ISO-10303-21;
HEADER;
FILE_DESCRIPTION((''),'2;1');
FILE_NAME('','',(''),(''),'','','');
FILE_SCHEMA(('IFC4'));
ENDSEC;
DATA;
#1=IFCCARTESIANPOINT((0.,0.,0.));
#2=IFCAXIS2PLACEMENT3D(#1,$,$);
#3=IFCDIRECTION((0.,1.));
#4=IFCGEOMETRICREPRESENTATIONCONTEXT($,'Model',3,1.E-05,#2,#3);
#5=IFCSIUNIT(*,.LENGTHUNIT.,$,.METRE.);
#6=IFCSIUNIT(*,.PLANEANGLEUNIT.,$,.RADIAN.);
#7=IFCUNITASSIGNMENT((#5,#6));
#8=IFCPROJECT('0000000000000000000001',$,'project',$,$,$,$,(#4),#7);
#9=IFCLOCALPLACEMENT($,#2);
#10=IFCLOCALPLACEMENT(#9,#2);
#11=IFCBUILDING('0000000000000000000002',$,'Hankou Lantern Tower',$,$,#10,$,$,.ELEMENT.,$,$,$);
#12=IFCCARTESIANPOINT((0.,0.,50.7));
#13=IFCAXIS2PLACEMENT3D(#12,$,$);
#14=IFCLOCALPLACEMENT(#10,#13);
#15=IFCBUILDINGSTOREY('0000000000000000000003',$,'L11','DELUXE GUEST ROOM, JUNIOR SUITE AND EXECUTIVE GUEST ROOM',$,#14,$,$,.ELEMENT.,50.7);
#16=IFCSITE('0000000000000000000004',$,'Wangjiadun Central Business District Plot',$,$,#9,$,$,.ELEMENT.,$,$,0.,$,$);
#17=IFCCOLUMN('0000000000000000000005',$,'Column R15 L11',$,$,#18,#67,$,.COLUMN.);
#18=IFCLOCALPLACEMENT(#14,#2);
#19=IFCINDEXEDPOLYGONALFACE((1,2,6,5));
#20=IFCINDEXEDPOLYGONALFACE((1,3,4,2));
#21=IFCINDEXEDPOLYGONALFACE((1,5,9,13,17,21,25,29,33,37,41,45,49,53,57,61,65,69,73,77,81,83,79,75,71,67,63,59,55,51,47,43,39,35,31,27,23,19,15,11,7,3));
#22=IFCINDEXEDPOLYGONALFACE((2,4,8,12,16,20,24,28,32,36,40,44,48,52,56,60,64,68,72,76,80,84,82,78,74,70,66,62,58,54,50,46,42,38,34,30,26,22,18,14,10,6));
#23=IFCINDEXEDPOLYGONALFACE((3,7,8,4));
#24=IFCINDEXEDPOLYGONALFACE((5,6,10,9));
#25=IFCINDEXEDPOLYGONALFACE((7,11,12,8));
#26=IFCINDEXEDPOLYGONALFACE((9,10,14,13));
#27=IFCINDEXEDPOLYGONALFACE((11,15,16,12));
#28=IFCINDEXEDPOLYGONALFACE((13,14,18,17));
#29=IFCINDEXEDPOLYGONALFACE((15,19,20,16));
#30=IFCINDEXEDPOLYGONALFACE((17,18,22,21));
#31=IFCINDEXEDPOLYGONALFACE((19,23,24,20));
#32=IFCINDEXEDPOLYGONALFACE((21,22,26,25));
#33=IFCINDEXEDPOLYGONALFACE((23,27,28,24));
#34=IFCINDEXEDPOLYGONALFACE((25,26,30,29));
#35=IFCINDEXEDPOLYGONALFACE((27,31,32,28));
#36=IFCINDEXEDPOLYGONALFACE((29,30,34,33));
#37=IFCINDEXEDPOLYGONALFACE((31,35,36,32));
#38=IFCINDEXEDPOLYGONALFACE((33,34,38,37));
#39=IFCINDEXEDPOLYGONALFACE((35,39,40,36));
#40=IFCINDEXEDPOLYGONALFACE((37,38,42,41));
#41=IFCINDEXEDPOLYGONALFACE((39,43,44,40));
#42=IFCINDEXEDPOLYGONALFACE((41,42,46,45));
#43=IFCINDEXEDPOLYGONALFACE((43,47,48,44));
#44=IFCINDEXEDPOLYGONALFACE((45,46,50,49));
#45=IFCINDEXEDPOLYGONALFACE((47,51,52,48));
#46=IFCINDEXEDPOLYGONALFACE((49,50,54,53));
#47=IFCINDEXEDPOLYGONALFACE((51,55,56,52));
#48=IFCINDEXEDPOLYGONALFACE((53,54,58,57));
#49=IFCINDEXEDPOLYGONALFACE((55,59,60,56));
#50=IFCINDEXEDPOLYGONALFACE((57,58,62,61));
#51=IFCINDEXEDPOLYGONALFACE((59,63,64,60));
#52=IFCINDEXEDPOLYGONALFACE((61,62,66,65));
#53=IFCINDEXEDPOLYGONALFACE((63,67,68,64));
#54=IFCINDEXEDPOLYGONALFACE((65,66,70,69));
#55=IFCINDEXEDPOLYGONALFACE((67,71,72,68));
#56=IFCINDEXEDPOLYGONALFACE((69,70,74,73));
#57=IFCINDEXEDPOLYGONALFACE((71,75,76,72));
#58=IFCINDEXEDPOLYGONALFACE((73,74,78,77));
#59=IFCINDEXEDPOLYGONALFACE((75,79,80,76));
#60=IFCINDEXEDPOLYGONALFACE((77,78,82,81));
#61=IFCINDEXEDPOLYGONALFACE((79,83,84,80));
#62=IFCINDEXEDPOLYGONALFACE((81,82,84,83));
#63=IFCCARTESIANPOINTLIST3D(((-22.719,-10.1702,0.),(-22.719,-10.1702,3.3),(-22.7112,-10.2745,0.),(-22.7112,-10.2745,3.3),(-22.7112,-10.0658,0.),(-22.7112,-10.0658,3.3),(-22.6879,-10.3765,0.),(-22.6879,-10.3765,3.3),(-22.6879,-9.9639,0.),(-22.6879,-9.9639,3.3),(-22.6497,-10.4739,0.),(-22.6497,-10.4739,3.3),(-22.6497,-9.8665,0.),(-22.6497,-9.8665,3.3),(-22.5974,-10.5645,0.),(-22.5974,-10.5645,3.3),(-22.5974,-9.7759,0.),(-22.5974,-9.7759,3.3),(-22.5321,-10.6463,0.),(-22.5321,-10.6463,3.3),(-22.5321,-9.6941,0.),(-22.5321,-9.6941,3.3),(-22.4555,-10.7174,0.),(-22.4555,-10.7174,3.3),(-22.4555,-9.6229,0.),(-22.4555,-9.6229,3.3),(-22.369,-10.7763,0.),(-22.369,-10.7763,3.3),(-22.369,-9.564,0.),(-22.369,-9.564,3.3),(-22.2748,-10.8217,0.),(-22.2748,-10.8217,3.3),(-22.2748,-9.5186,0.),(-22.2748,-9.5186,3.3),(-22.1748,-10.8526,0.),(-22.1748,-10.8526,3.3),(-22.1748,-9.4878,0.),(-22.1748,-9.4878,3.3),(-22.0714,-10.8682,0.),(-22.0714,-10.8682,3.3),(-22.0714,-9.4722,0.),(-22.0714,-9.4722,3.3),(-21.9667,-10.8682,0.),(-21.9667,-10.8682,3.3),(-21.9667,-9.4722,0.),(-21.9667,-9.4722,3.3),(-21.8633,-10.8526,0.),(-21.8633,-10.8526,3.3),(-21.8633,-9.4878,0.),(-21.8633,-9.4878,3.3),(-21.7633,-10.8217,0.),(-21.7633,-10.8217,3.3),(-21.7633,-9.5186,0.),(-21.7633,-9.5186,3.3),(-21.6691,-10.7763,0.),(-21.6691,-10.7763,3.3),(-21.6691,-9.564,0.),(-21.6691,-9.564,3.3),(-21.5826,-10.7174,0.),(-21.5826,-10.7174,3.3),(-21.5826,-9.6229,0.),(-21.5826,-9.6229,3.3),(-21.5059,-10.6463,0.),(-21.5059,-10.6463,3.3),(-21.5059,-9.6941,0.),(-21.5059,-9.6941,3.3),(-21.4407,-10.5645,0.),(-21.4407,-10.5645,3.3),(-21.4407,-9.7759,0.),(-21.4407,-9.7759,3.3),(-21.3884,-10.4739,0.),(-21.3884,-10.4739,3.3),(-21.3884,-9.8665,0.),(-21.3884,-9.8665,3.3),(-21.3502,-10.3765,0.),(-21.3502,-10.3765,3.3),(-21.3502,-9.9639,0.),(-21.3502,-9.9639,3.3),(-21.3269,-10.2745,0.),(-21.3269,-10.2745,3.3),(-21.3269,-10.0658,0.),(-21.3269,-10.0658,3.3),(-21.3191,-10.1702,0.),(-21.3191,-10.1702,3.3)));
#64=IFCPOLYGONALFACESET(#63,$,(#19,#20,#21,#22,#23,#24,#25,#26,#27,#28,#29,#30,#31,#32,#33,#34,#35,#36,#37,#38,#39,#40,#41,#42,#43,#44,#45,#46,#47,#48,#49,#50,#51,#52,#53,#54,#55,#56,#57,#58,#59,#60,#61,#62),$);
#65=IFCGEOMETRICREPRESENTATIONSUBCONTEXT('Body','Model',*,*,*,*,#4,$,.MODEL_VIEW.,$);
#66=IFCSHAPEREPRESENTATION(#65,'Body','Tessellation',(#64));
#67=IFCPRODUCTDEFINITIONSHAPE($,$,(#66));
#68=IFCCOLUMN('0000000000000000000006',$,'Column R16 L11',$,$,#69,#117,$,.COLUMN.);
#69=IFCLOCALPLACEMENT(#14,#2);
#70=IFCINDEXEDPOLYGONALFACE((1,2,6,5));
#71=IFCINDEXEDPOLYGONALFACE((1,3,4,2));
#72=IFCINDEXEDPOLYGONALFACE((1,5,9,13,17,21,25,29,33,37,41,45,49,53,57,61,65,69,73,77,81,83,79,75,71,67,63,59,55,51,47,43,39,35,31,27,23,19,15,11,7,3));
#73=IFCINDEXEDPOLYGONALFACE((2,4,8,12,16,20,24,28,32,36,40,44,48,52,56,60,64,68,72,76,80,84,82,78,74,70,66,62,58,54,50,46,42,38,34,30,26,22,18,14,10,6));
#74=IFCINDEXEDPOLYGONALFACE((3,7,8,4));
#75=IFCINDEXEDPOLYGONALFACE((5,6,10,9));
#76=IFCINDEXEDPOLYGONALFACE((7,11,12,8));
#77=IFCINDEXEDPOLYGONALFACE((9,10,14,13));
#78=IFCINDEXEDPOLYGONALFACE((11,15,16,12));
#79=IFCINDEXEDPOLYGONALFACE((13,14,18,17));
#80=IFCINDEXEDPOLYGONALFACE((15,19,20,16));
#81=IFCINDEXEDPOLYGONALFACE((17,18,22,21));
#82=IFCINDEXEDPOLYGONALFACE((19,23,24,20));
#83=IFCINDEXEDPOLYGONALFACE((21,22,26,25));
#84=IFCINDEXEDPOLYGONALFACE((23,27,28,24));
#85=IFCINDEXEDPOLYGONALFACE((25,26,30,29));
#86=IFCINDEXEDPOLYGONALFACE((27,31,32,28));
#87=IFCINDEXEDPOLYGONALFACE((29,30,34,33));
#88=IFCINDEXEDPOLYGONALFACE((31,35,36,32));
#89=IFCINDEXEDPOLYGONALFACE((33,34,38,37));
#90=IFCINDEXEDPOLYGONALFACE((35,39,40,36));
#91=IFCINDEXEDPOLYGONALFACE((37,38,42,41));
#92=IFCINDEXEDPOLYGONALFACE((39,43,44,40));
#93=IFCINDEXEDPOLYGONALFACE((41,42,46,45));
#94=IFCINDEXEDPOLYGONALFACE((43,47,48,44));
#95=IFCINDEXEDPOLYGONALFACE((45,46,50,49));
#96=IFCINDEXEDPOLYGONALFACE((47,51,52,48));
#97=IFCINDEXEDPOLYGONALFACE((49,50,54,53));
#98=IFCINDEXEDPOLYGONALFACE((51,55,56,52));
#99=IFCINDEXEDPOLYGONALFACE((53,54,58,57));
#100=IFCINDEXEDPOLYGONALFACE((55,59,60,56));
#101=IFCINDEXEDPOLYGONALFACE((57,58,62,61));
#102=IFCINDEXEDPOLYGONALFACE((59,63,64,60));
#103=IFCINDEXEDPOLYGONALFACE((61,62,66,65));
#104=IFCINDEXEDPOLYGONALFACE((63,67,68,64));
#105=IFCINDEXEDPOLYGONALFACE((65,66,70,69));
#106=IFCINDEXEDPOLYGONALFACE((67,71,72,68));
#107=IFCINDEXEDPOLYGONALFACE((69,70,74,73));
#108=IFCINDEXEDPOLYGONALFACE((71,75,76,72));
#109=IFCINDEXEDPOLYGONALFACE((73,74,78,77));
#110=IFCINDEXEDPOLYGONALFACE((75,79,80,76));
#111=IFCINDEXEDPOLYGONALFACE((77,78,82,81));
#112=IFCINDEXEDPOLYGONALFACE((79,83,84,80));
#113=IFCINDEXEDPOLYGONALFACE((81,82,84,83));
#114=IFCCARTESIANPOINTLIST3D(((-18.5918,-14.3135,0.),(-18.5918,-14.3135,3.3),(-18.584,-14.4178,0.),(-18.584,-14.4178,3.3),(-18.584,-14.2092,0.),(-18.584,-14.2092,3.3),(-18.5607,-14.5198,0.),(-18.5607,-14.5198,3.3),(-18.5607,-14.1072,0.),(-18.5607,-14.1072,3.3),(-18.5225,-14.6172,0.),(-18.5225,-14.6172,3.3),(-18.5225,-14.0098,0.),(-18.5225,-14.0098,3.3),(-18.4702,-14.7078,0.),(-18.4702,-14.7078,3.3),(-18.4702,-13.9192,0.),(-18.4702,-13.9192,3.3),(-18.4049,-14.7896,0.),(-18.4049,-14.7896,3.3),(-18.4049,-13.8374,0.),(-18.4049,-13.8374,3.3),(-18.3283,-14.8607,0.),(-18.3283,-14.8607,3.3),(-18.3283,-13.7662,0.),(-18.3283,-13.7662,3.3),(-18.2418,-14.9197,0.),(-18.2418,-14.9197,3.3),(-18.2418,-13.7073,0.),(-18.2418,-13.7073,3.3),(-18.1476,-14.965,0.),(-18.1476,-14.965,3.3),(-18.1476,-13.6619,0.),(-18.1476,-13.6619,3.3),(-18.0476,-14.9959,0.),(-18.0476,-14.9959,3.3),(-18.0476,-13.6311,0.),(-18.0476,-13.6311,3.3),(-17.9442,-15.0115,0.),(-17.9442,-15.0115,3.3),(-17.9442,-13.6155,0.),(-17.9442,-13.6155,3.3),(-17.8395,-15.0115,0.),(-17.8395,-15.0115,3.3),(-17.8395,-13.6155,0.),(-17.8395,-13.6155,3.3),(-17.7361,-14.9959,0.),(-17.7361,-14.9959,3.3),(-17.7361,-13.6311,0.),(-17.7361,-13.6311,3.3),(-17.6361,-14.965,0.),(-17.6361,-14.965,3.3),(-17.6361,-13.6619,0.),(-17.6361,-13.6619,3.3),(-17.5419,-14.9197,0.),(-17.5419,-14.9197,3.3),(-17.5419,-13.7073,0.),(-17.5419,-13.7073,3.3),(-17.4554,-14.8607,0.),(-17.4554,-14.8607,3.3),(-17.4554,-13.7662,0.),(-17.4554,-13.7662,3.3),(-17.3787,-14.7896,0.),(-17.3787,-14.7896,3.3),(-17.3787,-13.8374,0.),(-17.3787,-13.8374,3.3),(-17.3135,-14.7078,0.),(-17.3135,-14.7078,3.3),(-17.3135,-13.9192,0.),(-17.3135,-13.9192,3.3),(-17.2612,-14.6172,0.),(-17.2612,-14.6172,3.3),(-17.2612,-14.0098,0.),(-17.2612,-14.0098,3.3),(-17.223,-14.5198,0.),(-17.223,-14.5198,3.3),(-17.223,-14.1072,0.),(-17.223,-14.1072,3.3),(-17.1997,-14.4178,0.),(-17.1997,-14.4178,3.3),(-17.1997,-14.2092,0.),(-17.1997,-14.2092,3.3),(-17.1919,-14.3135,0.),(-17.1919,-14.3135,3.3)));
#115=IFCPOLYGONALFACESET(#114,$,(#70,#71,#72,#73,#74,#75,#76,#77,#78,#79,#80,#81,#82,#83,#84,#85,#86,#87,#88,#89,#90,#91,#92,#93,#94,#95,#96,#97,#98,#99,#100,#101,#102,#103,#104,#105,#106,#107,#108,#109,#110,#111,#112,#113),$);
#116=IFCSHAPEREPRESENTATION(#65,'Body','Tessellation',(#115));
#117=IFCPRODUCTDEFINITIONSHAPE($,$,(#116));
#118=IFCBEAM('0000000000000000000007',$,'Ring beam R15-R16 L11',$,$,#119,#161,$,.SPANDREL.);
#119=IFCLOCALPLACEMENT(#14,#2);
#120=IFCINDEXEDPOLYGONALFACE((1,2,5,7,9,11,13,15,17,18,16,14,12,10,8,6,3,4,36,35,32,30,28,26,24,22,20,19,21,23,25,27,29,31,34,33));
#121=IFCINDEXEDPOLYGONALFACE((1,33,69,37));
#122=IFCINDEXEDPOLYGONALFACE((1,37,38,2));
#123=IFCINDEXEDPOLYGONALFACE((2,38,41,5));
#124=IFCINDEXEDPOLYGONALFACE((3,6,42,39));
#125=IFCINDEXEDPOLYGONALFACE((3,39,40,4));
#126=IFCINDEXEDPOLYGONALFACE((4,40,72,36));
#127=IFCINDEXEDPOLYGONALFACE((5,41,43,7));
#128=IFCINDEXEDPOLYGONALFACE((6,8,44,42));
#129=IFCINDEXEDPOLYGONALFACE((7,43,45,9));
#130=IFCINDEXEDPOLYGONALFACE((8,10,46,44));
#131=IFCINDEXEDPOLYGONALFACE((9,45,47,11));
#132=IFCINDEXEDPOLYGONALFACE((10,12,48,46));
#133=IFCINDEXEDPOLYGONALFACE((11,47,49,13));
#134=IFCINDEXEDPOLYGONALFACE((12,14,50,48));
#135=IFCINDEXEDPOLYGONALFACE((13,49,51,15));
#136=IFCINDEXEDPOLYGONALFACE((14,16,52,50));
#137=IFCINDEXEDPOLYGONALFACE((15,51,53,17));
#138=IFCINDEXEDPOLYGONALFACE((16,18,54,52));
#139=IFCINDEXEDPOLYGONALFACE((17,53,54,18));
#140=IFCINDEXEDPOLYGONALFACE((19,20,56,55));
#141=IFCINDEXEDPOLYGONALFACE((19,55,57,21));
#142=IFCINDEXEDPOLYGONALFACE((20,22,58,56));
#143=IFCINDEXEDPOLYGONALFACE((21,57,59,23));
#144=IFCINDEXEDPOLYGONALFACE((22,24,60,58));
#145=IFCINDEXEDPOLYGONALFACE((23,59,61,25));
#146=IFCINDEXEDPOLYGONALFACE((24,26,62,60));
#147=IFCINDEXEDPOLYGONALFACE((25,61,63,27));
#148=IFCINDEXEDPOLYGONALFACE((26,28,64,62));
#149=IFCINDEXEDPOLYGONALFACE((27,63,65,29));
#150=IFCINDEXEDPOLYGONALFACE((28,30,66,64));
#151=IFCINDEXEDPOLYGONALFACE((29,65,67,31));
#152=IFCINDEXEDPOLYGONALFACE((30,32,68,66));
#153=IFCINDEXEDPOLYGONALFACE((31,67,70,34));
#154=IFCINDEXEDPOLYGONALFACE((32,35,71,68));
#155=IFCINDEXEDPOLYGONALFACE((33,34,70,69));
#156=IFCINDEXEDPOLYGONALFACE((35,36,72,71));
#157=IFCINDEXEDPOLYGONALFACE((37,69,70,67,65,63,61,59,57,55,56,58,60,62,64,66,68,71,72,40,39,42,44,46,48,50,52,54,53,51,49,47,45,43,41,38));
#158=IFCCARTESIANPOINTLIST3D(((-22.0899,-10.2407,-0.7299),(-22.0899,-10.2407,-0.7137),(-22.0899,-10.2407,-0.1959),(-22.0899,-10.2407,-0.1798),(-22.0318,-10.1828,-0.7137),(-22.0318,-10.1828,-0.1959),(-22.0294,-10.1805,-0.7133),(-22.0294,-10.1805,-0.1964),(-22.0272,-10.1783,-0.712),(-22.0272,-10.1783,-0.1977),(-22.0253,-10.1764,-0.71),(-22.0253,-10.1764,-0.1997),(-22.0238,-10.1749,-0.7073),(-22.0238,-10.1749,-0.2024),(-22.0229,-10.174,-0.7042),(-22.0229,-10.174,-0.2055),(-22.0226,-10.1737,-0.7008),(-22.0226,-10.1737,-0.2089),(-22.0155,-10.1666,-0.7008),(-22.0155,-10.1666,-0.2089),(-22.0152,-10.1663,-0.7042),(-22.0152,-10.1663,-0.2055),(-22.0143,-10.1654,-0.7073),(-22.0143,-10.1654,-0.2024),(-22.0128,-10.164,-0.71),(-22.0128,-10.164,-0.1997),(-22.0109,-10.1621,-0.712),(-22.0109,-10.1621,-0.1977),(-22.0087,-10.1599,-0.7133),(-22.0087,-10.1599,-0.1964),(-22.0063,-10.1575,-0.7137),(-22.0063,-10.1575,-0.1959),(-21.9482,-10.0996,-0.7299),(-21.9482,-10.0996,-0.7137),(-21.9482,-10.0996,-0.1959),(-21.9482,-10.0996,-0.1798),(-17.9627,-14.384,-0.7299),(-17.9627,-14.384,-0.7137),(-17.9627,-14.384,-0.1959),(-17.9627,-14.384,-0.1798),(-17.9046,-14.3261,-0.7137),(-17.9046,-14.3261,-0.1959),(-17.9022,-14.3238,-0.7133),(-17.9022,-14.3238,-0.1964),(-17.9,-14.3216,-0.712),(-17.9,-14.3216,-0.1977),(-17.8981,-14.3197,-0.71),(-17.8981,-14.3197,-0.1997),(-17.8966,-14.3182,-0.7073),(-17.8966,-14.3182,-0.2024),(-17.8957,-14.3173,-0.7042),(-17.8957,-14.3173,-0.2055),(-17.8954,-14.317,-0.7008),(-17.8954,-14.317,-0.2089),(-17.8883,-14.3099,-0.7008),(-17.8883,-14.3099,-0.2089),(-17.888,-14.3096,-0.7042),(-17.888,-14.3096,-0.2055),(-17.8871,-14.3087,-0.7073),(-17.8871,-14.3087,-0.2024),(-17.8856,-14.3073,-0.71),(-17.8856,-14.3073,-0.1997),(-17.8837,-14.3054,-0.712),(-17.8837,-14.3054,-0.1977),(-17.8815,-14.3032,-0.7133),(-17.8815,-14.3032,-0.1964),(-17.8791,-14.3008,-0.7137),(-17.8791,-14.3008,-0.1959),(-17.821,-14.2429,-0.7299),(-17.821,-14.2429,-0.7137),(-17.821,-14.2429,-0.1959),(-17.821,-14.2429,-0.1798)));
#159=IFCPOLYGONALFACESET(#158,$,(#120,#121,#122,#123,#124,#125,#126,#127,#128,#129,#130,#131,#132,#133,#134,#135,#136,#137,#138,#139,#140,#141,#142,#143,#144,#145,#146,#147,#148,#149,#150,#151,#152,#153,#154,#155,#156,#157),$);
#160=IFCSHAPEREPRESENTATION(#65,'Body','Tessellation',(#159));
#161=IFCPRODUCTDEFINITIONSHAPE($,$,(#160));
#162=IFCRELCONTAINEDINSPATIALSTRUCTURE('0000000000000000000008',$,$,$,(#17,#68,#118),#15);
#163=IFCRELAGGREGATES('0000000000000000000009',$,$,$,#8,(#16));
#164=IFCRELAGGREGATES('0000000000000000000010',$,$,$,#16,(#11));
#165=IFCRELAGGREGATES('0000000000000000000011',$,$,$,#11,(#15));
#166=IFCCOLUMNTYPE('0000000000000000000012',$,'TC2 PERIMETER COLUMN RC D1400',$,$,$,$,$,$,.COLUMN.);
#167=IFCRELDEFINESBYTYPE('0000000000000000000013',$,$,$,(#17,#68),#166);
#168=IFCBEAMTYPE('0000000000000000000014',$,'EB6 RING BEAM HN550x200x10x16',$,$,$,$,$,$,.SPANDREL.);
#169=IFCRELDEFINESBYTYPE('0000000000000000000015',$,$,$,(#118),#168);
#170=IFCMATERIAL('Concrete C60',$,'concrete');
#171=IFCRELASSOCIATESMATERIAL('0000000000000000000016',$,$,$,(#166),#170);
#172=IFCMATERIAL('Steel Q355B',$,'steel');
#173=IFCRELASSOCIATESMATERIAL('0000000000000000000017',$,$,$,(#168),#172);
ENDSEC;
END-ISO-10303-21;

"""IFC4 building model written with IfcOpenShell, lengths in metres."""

from ifc_helpers import new_model, si_unit, direction, frame, origin, origin_2d, place, context, subcontext, project, spatial, circle, i_section, extrude, material, material_profile, profile_set, type_object, element, save


model = new_model("IFC4")

# Units and contexts
model_context = context("Model", 3, precision=1e-05, world=origin(), true_north=direction((0.0, 1.0)))
body_context = subcontext(model_context, "Body", "Model", "MODEL_VIEW")
ifc_project = project(units=[si_unit("LENGTHUNIT", "METRE"), si_unit("PLANEANGLEUNIT", "RADIAN")], contexts=[model_context])

# Site, building, storey
site_placement = place(None, origin())
site = spatial("IfcSite", under=ifc_project, at=site_placement, Name="Wangjiadun Central Business District Plot", CompositionType="ELEMENT", RefElevation=0.0)
building_placement = place(site_placement, origin())
building = spatial("IfcBuilding", under=site, at=building_placement, Name="Hankou Lantern Tower", CompositionType="ELEMENT")
storey_placement = place(building_placement, frame((0.0, 0.0, 50.7)))
storey = spatial("IfcBuildingStorey", under=building, at=storey_placement, Name="L11", Description="DELUXE GUEST ROOM, JUNIOR SUITE AND EXECUTIVE GUEST ROOM", CompositionType="ELEMENT", Elevation=50.7)

# Columns
ifc_material_1 = material(Name="Concrete C60", Category="concrete")
ifc_material_profile_1 = material_profile(ifc_material_1, circle(Radius=0.7, at=origin_2d()), Name="RC D1400")
ifc_profile_set_1 = profile_set([ifc_material_profile_1], Name="Concrete C60")
column_type = type_object("IfcColumnType", Name="TC2 PERIMETER COLUMN RC D1400", PredefinedType="COLUMN", material=ifc_profile_set_1)
for number, where, z_axis, x_axis, name in (
    (1, (-22.019, -10.1702, 0.0), (0.0, 0.0, 1.0), (1.0, 0.0, 0.0), "Column R15 L11"),
    (2, (-17.8918, -14.3135, 0.0), (0.0, 0.0, 1.0), (1.0, 0.0, 0.0), "Column R16 L11"),
):
    element("IfcColumn", number, at=place(storey_placement, frame(where, z_axis=z_axis, x_axis=x_axis)), inside=storey, type_object=column_type, Name=name, PredefinedType="COLUMN", context=body_context, shape_type="SweptSolid", body=[
        extrude(circle(Radius=0.7, at=origin_2d()), origin(), (0.0, 0.0, 1.0), 3.3),
    ])

# Beam
ifc_material_2 = material(Name="Steel Q355B", Category="steel")
ifc_material_profile_2 = material_profile(ifc_material_2, i_section(OverallWidth=0.2, OverallDepth=0.55, WebThickness=0.01, FlangeThickness=0.0161, FilletRadius=0.0129, at=origin_2d()), Name="HN550x200x10x16")
ifc_profile_set_2 = profile_set([ifc_material_profile_2], Name="Steel Q355B")
beam_type_1 = type_object("IfcBeamType", Name="EB6 RING BEAM HN550x200x10x16", PredefinedType="SPANDREL", material=ifc_profile_set_2)
beam_1_placement = place(storey_placement, frame((-22.019, -10.1702, -0.4548), z_axis=(0.705728, -0.708483, 0.0), x_axis=(0.708483, 0.705728, 0.0)))
element("IfcBeam", 3, at=beam_1_placement, inside=storey, type_object=beam_type_1, Name="Ring beam R15-R16 L11", PredefinedType="SPANDREL", context=body_context, shape_type="SweptSolid", body=[
    extrude(i_section(OverallWidth=0.2, OverallDepth=0.55, WebThickness=0.01, FlangeThickness=0.0161, FilletRadius=0.0129, at=origin_2d()), origin(), (0.0, 0.0, 1.0), 5.8481),
])

save(model, "model.ifc")
